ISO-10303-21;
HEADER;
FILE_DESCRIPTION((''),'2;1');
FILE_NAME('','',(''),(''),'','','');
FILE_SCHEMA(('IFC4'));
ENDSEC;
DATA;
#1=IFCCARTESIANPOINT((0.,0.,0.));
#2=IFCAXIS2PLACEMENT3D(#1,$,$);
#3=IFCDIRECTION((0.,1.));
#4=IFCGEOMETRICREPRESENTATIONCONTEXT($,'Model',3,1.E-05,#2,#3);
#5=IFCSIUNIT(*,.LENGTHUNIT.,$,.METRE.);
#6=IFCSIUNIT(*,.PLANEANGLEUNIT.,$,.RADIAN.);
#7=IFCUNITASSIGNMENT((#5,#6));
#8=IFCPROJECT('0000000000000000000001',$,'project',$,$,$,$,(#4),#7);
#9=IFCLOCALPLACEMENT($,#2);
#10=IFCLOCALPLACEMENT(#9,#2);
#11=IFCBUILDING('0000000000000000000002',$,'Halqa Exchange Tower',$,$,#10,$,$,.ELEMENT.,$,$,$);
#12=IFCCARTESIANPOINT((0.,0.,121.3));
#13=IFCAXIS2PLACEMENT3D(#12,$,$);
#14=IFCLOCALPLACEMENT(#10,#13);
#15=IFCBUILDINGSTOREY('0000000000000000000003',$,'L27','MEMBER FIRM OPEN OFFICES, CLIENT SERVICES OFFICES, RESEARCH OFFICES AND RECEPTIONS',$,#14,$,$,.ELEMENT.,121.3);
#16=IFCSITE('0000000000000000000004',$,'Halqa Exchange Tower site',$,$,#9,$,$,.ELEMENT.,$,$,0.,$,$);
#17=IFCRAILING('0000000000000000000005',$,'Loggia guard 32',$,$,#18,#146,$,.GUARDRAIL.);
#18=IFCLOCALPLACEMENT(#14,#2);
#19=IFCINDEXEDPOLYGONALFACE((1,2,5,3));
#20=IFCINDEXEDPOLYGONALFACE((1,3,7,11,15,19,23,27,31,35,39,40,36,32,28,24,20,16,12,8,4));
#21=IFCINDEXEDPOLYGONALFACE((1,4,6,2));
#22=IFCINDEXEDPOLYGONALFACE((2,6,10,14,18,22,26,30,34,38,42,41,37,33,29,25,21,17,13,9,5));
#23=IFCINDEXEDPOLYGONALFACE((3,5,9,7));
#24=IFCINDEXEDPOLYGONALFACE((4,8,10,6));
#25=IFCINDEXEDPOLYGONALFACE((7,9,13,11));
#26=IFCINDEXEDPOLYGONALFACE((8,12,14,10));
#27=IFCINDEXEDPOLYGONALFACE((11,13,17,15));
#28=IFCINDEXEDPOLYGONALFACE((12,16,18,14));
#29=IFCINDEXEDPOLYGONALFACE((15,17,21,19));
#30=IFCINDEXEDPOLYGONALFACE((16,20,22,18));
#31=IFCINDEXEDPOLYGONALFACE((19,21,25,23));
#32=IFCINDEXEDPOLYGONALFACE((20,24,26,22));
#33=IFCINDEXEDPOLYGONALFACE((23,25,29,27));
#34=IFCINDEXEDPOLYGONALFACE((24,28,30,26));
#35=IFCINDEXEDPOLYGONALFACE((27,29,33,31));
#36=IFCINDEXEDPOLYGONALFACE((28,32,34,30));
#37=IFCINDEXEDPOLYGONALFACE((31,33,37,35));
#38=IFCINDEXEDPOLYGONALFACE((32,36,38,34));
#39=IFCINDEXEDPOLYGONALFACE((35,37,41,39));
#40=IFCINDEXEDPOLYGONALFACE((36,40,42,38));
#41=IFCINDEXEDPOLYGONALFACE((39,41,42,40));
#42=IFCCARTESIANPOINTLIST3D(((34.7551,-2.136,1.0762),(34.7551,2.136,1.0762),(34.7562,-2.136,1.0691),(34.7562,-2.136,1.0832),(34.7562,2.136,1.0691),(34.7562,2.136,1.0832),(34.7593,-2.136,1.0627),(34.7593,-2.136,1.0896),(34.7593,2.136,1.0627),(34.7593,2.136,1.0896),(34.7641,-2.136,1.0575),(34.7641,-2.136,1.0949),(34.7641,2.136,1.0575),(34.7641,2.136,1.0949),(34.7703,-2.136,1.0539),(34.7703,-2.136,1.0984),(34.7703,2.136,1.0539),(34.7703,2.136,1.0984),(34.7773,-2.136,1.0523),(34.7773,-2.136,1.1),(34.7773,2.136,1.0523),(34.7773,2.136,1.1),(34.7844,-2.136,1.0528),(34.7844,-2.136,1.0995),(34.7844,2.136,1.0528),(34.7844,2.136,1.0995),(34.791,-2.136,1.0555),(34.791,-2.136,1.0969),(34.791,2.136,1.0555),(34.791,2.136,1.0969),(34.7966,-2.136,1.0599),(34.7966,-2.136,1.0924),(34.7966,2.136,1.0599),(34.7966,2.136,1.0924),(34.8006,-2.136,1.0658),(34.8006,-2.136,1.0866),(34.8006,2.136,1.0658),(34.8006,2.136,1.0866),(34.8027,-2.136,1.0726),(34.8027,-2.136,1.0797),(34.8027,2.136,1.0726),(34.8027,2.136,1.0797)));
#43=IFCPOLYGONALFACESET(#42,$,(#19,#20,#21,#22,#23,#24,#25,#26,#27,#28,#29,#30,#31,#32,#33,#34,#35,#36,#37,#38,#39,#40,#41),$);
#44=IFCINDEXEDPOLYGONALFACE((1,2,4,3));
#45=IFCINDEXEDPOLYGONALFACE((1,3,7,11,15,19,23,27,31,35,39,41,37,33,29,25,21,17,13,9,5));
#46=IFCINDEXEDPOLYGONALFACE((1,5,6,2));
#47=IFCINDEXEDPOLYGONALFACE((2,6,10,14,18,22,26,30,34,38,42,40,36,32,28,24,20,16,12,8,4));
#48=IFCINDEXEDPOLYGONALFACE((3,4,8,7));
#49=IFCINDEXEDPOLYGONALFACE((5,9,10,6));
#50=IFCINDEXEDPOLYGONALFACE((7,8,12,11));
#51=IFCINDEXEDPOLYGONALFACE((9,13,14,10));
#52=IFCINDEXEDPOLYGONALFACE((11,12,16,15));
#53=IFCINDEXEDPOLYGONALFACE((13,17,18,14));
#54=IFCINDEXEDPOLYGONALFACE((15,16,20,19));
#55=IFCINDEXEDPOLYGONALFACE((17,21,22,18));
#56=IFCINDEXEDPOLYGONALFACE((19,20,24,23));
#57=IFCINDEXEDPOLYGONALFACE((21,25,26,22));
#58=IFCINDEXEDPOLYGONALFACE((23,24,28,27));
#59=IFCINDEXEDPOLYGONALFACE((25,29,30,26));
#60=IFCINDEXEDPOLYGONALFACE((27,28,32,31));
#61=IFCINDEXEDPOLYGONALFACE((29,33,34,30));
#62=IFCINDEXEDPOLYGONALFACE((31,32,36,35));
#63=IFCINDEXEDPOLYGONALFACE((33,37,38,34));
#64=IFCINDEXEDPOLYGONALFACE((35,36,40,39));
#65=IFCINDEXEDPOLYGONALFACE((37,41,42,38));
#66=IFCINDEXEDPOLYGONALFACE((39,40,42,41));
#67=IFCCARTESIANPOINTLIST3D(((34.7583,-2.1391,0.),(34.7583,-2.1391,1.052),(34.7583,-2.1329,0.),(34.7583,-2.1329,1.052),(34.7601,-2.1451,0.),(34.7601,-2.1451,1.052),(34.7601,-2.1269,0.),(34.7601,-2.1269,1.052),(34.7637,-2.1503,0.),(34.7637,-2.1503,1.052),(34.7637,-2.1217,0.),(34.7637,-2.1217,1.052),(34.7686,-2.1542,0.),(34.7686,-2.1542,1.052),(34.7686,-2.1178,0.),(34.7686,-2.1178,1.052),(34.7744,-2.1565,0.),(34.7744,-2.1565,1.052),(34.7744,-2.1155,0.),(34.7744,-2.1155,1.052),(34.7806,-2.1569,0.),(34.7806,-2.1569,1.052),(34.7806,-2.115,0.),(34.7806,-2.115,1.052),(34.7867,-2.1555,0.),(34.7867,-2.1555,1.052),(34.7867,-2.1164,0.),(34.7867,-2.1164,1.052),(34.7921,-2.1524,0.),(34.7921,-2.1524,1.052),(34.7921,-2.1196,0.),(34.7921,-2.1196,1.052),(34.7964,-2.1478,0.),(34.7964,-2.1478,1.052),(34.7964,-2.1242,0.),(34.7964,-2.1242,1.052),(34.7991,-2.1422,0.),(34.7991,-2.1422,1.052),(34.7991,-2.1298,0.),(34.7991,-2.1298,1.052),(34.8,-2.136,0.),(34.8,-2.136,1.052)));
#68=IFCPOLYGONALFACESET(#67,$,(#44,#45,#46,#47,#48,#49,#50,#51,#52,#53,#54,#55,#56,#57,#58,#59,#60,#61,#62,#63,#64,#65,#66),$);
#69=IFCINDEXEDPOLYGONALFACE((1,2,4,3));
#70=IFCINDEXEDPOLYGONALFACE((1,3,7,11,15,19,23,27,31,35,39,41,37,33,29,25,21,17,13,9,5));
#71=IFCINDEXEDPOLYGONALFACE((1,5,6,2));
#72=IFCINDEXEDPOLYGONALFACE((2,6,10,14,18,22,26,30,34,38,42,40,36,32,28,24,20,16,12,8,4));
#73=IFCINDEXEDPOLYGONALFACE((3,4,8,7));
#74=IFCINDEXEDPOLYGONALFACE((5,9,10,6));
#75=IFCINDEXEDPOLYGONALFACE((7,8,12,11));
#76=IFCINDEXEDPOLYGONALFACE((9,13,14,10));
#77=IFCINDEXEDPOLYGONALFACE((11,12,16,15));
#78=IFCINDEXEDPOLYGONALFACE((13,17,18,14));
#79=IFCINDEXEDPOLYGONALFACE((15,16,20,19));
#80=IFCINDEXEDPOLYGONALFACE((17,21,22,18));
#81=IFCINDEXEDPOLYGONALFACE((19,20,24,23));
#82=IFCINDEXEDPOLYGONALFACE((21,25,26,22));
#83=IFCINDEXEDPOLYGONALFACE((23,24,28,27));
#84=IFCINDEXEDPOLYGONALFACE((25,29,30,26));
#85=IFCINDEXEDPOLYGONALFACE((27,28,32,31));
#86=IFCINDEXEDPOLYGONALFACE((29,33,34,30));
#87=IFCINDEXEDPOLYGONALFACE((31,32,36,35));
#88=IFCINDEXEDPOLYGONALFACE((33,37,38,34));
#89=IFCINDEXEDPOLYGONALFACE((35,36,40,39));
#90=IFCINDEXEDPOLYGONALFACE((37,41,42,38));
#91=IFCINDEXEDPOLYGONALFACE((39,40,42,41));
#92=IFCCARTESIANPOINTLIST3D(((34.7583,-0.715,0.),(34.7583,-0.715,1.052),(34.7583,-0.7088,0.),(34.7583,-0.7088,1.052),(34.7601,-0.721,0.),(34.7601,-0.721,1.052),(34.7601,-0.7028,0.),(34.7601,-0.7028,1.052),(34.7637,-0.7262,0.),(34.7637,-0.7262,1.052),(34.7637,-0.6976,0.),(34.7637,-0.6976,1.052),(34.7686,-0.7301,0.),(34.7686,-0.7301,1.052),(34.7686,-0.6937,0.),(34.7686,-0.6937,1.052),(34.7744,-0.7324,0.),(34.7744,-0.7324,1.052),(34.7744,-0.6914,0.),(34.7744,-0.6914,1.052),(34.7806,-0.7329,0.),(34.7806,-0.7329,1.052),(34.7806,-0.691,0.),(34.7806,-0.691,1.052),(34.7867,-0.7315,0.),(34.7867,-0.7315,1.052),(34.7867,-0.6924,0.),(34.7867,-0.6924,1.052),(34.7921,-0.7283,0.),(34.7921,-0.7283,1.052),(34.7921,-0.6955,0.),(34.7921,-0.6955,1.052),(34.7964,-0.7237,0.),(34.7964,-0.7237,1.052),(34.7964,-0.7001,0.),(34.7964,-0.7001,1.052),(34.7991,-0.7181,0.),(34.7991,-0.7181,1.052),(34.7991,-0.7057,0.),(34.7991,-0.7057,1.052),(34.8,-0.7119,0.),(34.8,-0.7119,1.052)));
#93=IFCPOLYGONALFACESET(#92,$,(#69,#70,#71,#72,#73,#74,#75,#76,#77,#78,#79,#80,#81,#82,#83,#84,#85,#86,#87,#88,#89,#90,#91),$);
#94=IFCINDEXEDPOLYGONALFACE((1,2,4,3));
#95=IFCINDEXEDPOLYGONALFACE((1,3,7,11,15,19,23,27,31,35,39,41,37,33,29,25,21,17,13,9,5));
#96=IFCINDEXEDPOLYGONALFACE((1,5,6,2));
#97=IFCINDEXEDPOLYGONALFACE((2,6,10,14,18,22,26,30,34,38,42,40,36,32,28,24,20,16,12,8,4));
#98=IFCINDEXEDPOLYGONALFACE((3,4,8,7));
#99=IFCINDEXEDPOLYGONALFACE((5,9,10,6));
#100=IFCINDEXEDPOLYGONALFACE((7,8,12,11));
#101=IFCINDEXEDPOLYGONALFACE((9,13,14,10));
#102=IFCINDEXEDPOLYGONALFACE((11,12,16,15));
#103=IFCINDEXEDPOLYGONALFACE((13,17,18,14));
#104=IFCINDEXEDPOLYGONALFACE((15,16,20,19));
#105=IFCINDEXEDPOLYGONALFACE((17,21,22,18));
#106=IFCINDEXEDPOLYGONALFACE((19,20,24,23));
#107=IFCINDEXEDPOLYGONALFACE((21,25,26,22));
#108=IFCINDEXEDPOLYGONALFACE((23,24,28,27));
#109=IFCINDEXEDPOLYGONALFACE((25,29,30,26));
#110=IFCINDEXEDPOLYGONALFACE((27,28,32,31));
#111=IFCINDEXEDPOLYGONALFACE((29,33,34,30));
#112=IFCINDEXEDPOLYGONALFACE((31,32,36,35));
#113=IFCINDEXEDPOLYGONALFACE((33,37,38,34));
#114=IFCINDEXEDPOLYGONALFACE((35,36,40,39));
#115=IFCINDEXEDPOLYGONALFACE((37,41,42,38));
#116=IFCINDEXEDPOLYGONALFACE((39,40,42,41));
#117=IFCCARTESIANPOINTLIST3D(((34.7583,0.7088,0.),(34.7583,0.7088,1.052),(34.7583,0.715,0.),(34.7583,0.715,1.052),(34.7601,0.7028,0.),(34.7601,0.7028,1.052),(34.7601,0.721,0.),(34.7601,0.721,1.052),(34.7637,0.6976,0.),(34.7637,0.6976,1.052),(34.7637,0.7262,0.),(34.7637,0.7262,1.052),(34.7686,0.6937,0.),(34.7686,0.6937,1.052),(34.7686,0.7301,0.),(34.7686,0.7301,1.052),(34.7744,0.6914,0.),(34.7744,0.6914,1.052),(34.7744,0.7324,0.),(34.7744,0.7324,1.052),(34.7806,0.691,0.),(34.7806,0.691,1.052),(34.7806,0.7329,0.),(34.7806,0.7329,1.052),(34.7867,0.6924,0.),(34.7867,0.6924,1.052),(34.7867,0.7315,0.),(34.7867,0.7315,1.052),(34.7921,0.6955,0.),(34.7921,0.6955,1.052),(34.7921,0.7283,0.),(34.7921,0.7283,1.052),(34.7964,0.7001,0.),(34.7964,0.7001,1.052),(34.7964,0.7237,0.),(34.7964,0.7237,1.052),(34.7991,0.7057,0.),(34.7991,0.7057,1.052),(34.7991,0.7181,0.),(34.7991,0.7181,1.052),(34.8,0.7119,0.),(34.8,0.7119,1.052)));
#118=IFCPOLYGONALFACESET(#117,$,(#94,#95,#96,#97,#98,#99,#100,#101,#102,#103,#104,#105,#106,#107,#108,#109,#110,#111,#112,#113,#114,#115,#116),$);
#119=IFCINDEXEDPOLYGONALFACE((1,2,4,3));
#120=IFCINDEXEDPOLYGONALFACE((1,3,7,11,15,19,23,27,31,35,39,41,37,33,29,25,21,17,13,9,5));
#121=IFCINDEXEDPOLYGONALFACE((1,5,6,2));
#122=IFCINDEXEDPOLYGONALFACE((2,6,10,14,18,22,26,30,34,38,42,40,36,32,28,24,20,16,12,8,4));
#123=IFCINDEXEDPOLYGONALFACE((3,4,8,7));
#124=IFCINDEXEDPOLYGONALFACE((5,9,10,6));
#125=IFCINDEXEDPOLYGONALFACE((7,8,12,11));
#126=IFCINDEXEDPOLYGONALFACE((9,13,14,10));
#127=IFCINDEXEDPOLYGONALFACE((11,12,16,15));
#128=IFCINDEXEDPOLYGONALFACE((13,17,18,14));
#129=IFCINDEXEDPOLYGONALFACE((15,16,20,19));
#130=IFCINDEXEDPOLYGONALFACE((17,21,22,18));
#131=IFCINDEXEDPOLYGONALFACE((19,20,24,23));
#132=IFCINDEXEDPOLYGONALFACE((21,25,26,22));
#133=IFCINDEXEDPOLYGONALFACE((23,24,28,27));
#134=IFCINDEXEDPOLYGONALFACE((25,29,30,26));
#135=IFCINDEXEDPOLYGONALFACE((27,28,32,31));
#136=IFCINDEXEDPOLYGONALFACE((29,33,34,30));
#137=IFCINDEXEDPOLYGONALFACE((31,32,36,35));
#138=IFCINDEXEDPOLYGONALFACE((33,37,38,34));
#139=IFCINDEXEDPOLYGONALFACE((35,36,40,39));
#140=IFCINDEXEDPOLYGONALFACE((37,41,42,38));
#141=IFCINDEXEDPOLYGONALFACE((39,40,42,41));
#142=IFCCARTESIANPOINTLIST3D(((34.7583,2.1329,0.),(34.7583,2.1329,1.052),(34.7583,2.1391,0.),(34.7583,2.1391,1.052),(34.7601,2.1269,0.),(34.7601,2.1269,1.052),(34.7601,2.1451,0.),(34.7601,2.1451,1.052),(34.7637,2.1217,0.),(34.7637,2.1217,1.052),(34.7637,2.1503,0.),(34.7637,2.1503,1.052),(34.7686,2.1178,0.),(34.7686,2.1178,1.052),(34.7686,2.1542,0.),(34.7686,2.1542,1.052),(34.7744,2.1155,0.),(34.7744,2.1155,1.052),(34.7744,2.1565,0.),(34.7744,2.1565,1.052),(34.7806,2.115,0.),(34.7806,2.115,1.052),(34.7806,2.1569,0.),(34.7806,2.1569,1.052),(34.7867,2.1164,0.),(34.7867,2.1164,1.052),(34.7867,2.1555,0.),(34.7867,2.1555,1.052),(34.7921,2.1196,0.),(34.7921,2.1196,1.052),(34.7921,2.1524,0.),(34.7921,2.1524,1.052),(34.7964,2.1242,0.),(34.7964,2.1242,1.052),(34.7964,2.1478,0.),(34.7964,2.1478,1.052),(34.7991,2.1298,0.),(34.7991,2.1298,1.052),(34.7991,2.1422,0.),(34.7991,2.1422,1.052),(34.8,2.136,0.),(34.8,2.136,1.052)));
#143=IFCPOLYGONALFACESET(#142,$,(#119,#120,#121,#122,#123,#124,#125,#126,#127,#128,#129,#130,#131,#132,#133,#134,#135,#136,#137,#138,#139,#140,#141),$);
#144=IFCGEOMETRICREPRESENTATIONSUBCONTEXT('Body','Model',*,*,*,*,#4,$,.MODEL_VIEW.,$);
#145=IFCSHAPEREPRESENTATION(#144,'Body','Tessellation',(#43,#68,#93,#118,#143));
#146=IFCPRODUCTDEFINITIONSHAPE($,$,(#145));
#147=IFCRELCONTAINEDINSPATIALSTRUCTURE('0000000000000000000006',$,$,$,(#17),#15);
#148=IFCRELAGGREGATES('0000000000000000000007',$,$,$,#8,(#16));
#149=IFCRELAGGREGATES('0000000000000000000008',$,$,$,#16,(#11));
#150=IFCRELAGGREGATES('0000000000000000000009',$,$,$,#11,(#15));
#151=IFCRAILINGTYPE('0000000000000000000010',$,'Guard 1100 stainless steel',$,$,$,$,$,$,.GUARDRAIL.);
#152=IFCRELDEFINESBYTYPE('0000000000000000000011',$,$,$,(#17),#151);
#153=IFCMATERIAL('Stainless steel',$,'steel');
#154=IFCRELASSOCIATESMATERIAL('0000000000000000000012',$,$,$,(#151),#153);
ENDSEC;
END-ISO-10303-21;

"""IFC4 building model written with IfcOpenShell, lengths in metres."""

from ifc_helpers import new_model, si_unit, direction, frame, origin, origin_2d, place, context, subcontext, project, spatial, circle, extrude, material, type_object, element, save


model = new_model("IFC4")

# Units and contexts
model_context = context("Model", 3, precision=1e-05, world=origin(), true_north=direction((0.0, 1.0)))
body_context = subcontext(model_context, "Body", "Model", "MODEL_VIEW")
ifc_project = project(units=[si_unit("LENGTHUNIT", "METRE"), si_unit("PLANEANGLEUNIT", "RADIAN")], contexts=[model_context])

# Site, building, storey
site_placement = place(None, origin())
site = spatial("IfcSite", under=ifc_project, at=site_placement, Name="Halqa Exchange Tower site", CompositionType="ELEMENT", RefElevation=0.0)
building_placement = place(site_placement, origin())
building = spatial("IfcBuilding", under=site, at=building_placement, Name="Halqa Exchange Tower", CompositionType="ELEMENT")
storey_placement = place(building_placement, frame((0.0, 0.0, 121.3)))
storey = spatial("IfcBuildingStorey", under=building, at=storey_placement, Name="L27", Description="MEMBER FIRM OPEN OFFICES, CLIENT SERVICES OFFICES, RESEARCH OFFICES AND RECEPTIONS", CompositionType="ELEMENT", Elevation=121.3)

# Railing
ifc_material_1 = material(Name="Stainless steel", Category="steel")
railing_type = type_object("IfcRailingType", Name="Guard 1100 stainless steel", PredefinedType="GUARDRAIL", material=ifc_material_1)
railing_1_placement = place(storey_placement, frame((34.7791, -2.136, 0.0)))
element("IfcRailing", 1, at=railing_1_placement, inside=storey, type_object=railing_type, Name="Loggia guard 32", PredefinedType="GUARDRAIL", context=body_context, shape_type="SweptSolid", body=[
    extrude(circle(Radius=0.0239, at=origin_2d()), frame((0.0, 0.0, 1.0762), z_axis=(0.0, 1.0, 0.0), x_axis=(-1.0, 0.0, 0.0)), (0.0, 0.0, 1.0), 4.272),
    extrude(circle(Radius=0.021, at=origin_2d()), origin(), (0.0, 0.0, 1.0), 1.052),
    extrude(circle(Radius=0.021, at=origin_2d()), frame((0.0, 1.4241, 0.0)), (0.0, 0.0, 1.0), 1.052),
    extrude(circle(Radius=0.021, at=origin_2d()), frame((0.0, 2.8479, 0.0)), (0.0, 0.0, 1.0), 1.052),
    extrude(circle(Radius=0.021, at=origin_2d()), frame((0.0, 4.272, 0.0)), (0.0, 0.0, 1.0), 1.052),
])

save(model, "model.ifc")
